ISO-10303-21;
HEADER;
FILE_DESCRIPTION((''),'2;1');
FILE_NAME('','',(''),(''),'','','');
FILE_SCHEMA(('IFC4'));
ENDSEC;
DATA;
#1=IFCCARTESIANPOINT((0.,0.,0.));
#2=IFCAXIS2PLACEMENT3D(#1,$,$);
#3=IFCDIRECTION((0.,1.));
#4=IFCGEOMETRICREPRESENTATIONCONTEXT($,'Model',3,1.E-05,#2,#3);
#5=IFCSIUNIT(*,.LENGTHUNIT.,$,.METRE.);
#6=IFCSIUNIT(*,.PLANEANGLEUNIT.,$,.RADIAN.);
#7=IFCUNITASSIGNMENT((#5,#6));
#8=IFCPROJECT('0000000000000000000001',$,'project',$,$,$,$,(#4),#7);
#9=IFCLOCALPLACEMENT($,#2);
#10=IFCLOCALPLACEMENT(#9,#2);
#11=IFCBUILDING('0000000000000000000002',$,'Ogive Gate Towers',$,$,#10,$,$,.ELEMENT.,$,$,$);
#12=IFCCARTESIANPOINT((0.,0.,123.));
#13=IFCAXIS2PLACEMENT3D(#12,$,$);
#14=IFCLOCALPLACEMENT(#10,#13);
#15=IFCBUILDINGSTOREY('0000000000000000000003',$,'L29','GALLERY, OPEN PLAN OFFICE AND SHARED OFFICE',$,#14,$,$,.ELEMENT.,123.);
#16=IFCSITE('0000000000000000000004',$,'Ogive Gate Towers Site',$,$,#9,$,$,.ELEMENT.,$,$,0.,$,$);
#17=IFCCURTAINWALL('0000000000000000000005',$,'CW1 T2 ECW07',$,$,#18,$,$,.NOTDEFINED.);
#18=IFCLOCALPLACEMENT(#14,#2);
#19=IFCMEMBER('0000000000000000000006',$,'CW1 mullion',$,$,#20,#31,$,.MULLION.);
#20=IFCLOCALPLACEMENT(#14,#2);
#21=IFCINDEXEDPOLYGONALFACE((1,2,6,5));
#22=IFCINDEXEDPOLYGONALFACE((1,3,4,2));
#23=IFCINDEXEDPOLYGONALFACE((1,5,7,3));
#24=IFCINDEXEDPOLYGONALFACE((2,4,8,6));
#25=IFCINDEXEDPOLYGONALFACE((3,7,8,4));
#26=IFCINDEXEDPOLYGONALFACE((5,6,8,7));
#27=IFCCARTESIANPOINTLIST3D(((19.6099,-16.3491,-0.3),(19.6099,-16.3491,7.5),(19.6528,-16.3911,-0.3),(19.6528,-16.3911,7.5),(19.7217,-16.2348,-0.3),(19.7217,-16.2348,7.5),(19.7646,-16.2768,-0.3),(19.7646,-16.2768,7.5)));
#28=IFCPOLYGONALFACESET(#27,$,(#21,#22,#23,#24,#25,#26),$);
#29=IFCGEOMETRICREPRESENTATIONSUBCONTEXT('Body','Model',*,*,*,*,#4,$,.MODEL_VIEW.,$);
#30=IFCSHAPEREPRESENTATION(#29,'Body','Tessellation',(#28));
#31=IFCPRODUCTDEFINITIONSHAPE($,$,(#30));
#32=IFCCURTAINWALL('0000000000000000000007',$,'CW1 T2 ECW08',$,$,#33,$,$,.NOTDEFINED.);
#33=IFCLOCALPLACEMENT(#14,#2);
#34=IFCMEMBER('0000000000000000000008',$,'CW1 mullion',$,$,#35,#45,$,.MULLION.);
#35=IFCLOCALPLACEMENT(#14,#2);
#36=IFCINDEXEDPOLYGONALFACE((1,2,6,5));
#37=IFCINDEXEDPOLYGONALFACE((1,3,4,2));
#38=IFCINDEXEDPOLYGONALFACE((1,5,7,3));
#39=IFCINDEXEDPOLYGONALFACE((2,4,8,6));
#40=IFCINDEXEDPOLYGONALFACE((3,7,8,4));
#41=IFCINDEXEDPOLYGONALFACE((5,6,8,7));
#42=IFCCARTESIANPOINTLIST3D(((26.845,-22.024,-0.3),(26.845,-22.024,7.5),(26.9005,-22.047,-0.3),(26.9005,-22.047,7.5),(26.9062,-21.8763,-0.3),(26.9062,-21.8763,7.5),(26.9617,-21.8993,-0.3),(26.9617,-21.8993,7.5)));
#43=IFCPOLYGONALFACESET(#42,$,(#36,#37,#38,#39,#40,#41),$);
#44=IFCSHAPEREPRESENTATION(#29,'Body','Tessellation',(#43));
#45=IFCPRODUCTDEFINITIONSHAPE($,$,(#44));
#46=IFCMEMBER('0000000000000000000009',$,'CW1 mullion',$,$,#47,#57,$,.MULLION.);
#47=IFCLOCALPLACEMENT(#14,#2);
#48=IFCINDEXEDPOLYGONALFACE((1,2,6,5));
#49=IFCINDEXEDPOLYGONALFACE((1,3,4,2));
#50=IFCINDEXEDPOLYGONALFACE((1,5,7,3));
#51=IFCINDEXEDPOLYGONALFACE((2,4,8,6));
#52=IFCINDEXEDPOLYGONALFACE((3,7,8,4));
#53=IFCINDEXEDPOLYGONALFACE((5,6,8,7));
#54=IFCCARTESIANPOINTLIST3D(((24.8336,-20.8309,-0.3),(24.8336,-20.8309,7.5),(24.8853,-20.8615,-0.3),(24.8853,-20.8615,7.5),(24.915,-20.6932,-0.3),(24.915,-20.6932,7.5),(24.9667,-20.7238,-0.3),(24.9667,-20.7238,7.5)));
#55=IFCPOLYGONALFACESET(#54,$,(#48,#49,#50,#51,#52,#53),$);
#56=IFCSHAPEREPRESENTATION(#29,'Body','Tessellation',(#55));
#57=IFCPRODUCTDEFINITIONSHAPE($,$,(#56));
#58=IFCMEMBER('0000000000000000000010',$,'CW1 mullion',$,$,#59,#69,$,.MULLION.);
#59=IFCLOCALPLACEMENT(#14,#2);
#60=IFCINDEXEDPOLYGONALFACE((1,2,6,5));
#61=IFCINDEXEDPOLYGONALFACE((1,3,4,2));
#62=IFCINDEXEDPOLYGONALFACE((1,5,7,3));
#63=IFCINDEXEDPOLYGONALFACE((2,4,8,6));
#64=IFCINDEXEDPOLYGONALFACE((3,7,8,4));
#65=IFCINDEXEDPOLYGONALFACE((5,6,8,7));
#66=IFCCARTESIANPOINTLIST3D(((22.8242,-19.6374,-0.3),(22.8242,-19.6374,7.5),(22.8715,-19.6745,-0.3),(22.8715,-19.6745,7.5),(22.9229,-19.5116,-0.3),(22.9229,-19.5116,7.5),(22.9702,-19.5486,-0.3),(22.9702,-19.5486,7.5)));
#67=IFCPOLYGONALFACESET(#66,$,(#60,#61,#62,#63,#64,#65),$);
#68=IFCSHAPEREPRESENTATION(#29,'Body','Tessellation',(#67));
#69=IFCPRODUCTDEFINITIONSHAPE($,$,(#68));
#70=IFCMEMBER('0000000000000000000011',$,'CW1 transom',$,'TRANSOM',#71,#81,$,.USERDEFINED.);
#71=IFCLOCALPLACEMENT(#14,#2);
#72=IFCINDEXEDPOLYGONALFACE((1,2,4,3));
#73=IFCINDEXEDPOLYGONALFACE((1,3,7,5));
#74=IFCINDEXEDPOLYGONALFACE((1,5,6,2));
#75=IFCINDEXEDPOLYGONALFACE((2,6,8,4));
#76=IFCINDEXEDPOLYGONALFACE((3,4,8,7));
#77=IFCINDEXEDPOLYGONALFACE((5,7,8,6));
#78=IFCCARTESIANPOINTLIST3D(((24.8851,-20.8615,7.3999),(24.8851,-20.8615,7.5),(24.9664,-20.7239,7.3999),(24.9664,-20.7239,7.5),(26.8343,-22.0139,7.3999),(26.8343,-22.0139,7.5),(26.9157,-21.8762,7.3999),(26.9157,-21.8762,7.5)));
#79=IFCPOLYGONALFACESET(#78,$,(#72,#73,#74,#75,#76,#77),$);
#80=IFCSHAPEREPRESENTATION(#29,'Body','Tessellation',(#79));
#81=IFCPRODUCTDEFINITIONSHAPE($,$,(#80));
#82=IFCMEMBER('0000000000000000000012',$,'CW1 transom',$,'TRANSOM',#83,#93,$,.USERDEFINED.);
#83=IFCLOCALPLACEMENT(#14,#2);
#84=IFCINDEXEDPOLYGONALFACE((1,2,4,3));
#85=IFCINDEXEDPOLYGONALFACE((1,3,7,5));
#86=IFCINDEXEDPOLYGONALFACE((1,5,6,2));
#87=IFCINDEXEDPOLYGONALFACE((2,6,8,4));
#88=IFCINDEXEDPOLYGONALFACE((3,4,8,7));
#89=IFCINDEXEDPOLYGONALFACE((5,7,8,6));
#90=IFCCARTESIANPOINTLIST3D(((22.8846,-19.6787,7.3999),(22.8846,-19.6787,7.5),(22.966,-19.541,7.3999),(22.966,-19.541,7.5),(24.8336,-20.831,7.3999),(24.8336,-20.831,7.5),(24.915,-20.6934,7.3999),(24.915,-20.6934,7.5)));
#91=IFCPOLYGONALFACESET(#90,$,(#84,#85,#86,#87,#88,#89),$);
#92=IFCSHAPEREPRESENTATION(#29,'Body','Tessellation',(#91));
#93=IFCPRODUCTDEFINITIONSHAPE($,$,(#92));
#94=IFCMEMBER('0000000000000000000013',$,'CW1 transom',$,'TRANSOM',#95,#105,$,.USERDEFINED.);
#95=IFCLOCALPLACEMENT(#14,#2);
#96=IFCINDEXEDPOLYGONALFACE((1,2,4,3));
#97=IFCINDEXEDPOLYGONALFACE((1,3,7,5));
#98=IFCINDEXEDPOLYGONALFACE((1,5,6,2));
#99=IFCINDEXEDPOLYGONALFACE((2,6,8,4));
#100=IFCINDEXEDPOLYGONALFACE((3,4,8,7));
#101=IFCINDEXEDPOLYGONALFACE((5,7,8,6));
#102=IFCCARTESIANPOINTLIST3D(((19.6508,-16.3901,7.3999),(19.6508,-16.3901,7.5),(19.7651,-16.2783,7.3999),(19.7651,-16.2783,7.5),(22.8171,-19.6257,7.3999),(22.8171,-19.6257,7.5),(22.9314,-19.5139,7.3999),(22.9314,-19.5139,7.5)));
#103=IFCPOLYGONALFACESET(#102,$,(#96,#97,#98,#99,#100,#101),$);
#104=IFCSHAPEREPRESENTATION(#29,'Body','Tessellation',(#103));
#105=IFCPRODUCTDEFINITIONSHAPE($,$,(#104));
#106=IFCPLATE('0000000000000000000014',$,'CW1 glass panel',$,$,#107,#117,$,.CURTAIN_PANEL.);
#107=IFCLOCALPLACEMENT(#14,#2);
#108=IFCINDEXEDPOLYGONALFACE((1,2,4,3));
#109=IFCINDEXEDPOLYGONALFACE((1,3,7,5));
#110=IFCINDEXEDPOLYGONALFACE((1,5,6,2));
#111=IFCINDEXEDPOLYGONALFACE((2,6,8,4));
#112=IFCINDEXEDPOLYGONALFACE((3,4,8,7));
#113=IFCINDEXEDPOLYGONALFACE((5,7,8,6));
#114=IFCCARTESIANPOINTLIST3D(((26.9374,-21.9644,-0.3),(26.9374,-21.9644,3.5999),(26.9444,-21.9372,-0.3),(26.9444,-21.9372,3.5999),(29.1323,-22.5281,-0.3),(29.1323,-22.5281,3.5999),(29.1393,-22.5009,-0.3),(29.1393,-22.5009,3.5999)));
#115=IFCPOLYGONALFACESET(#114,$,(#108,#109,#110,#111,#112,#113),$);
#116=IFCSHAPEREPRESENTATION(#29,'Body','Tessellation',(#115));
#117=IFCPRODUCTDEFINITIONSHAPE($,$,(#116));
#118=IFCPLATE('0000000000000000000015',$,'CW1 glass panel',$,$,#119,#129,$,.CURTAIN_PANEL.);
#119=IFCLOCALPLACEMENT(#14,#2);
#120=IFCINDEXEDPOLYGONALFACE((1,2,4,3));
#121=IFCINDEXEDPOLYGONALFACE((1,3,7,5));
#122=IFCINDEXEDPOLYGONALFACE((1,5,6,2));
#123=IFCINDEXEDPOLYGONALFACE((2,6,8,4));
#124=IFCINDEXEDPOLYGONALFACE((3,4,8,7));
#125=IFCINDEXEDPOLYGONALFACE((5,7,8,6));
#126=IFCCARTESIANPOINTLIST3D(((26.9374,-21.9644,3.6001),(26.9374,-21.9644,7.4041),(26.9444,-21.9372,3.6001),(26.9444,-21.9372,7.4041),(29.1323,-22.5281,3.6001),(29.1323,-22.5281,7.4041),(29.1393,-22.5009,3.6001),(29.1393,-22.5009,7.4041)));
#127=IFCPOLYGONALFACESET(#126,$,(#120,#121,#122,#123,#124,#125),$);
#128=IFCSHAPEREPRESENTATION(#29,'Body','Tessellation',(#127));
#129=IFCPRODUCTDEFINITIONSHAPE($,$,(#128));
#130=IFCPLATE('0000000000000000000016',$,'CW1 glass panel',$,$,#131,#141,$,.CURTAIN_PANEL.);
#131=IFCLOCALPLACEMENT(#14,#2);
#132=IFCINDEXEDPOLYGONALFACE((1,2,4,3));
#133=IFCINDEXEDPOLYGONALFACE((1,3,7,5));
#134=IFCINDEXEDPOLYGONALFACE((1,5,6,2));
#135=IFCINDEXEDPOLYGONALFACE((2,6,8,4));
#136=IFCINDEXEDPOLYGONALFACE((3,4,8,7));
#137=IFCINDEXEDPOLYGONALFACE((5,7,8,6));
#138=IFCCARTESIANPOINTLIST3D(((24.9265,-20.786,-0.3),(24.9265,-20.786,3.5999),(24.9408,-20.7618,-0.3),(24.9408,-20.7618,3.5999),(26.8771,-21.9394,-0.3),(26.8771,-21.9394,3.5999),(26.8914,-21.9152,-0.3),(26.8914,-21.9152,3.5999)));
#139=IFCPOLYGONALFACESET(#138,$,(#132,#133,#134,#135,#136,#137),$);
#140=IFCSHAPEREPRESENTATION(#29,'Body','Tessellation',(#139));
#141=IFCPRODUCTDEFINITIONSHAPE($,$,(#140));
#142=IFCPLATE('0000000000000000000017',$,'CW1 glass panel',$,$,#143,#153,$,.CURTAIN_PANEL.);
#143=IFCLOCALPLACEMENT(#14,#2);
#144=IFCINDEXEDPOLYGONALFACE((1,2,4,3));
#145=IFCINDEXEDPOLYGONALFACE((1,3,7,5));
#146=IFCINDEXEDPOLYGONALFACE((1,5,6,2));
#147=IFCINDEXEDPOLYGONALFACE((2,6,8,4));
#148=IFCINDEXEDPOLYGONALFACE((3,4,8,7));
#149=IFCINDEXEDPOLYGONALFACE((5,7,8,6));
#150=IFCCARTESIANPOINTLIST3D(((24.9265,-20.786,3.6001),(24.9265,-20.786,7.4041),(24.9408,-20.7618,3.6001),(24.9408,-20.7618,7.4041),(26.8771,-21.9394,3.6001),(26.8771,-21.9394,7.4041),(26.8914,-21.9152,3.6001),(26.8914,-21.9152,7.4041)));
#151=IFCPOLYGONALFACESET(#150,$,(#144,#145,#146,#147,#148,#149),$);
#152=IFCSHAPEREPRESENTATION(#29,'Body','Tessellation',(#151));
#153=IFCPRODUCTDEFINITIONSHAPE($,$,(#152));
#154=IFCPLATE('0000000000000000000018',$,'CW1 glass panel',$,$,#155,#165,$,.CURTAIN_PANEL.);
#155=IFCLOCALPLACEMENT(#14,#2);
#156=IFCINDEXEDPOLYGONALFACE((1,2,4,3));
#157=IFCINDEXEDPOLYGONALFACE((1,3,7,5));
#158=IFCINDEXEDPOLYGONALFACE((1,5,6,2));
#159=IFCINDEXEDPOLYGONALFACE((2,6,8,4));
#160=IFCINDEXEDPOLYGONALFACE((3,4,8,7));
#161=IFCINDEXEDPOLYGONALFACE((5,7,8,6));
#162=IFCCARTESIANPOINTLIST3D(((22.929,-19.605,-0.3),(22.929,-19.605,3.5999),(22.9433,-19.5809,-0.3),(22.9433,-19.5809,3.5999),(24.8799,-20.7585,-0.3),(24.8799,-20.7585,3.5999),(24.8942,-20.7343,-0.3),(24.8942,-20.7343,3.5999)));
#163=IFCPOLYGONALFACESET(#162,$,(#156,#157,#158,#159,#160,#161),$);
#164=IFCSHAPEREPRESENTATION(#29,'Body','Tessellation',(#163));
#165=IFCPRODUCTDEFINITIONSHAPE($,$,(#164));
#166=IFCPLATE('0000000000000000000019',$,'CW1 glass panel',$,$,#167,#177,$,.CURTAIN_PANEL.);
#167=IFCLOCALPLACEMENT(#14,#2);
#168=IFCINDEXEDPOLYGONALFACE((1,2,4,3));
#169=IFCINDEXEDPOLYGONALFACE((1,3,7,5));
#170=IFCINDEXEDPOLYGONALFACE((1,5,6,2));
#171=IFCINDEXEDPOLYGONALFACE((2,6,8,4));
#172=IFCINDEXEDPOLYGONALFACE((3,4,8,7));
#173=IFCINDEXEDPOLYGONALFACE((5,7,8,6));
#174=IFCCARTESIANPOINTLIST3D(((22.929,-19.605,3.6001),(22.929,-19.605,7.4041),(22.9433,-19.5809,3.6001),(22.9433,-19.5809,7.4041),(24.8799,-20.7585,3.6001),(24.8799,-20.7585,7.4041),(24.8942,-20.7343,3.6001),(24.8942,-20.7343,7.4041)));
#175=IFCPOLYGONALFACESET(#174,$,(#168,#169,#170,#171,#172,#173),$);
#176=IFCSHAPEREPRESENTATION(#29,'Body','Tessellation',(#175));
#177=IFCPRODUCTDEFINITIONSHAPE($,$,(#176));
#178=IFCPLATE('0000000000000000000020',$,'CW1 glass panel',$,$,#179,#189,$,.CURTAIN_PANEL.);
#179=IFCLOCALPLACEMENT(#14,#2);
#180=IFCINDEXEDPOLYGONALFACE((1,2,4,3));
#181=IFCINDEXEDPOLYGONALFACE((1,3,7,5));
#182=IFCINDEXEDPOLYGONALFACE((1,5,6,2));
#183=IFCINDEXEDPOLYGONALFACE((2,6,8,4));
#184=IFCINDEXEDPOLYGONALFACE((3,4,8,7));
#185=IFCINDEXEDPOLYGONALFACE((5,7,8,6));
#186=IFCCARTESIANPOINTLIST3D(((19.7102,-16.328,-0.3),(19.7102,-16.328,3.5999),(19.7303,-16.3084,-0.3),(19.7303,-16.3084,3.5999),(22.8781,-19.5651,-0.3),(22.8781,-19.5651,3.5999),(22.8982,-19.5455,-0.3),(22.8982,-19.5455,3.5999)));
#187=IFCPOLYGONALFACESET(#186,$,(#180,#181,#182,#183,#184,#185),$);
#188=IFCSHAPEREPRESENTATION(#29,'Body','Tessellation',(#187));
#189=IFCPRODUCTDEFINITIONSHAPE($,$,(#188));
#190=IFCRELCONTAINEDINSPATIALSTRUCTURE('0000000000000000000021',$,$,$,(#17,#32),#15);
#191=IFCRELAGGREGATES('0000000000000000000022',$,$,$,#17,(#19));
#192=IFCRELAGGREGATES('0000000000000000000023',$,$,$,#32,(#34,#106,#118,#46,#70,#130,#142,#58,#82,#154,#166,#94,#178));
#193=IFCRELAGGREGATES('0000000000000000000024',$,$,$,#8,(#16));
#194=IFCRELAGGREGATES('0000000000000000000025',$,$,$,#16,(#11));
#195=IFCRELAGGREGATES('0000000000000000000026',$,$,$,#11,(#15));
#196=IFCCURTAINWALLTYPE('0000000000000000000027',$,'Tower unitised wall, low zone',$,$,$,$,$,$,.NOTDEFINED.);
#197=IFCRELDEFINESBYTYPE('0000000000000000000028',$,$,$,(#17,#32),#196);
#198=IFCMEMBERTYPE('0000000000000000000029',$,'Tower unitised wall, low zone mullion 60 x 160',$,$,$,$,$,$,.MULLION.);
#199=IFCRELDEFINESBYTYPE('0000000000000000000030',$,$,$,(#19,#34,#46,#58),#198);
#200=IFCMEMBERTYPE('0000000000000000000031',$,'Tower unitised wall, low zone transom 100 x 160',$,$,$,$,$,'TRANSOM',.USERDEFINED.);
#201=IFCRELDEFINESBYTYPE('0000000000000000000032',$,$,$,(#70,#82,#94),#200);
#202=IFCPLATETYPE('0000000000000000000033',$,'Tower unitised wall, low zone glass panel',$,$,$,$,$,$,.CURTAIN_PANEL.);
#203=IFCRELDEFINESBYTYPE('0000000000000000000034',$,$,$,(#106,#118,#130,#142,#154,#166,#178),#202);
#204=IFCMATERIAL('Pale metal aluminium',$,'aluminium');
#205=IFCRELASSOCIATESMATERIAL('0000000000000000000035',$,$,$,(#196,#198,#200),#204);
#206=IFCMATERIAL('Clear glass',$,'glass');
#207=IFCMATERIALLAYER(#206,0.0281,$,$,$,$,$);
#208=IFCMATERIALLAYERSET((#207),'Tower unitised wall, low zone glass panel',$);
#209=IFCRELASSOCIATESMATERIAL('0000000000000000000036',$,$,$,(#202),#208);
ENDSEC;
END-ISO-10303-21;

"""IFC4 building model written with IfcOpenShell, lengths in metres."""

from ifc_helpers import new_model, si_unit, direction, frame, origin, origin_2d, place, context, subcontext, project, spatial, rectangle, extrude, material, layer, layer_set, material_profile, profile_set, type_object, element, aggregate, save


model = new_model("IFC4")

# Units and contexts
model_context = context("Model", 3, precision=1e-05, world=origin(), true_north=direction((0.0, 1.0)))
body_context = subcontext(model_context, "Body", "Model", "MODEL_VIEW")
ifc_project = project(units=[si_unit("LENGTHUNIT", "METRE"), si_unit("PLANEANGLEUNIT", "RADIAN")], contexts=[model_context])

# Site, building, storey
site_placement = place(None, origin())
site = spatial("IfcSite", under=ifc_project, at=site_placement, Name="Ogive Gate Towers Site", CompositionType="ELEMENT", RefElevation=0.0)
building_placement = place(site_placement, origin())
building = spatial("IfcBuilding", under=site, at=building_placement, Name="Ogive Gate Towers", CompositionType="ELEMENT")
storey_placement = place(building_placement, frame((0.0, 0.0, 123.0)))
storey = spatial("IfcBuildingStorey", under=building, at=storey_placement, Name="L29", Description="GALLERY, OPEN PLAN OFFICE AND SHARED OFFICE", CompositionType="ELEMENT", Elevation=123.0)

# Curtain wall, member
ifc_material_1 = material(Name="Pale metal aluminium", Category="aluminium")
curtain_wall_type = type_object("IfcCurtainWallType", Name="Tower unitised wall, low zone", PredefinedType="NOTDEFINED", material=ifc_material_1)
curtain_wall_1_placement = place(storey_placement, origin())
curtain_wall_1 = element("IfcCurtainWall", 1, at=curtain_wall_1_placement, inside=storey, type_object=curtain_wall_type, Name="CW1 T2 ECW07", PredefinedType="NOTDEFINED")
ifc_material_profile_1 = material_profile(ifc_material_1, rectangle(XDim=0.1599, YDim=0.0601, at=origin_2d()), Name="60 x 160 aluminium box")
ifc_profile_set_1 = profile_set([ifc_material_profile_1], Name="Pale metal aluminium")
member_type_1 = type_object("IfcMemberType", Name="Tower unitised wall, low zone mullion 60 x 160", PredefinedType="MULLION", material=ifc_profile_set_1)
member_1_placement = place(storey_placement, frame((19.6873, -16.313, -0.3), z_axis=(0.0, 0.0, 1.0), x_axis=(0.699426, 0.714705, 0.0)))
member_1 = element("IfcMember", 2, at=member_1_placement, type_object=member_type_1, Name="CW1 mullion", PredefinedType="MULLION", context=body_context, shape_type="SweptSolid", body=[
    extrude(rectangle(XDim=0.1599, YDim=0.0601, at=origin_2d()), origin(), (0.0, 0.0, 1.0), 7.8),
])
aggregate(curtain_wall_1, [member_1])

# Curtain wall, members, plates
curtain_wall_2_placement = place(storey_placement, origin())
curtain_wall_2 = element("IfcCurtainWall", 3, at=curtain_wall_2_placement, inside=storey, type_object=curtain_wall_type, Name="CW1 T2 ECW08", PredefinedType="NOTDEFINED")
member_2_placement = place(storey_placement, frame((26.9033, -21.9617, -0.3), z_axis=(0.0, 0.0, 1.0), x_axis=(0.382683, 0.92388, 0.0)))
member_2 = element("IfcMember", 4, at=member_2_placement, type_object=member_type_1, Name="CW1 mullion", PredefinedType="MULLION", context=body_context, shape_type="SweptSolid", body=[
    extrude(rectangle(XDim=0.1599, YDim=0.0601, at=origin_2d()), origin(), (0.0, 0.0, 1.0), 7.8),
])
member_3_placement = place(storey_placement, frame((24.9001, -20.7773, -0.3), z_axis=(0.0, 0.0, 1.0), x_axis=(0.508951, 0.860795, 0.0)))
member_3 = element("IfcMember", 5, at=member_3_placement, type_object=member_type_1, Name="CW1 mullion", PredefinedType="MULLION", context=body_context, shape_type="SweptSolid", body=[
    extrude(rectangle(XDim=0.1599, YDim=0.0601, at=origin_2d()), origin(), (0.0, 0.0, 1.0), 7.8),
])
member_4_placement = place(storey_placement, frame((22.8972, -19.593, -0.3), z_axis=(0.0, 0.0, 1.0), x_axis=(0.617118, 0.78687, 0.0)))
member_4 = element("IfcMember", 6, at=member_4_placement, type_object=member_type_1, Name="CW1 mullion", PredefinedType="MULLION", context=body_context, shape_type="SweptSolid", body=[
    extrude(rectangle(XDim=0.1599, YDim=0.0601, at=origin_2d()), origin(), (0.0, 0.0, 1.0), 7.8),
])
ifc_material_profile_2 = material_profile(ifc_material_1, rectangle(XDim=0.1599, YDim=0.1001, at=origin_2d()), Name="100 x 160 aluminium box")
ifc_profile_set_2 = profile_set([ifc_material_profile_2], Name="Pale metal aluminium")
member_type_2 = type_object("IfcMemberType", Name="Tower unitised wall, low zone transom 100 x 160", ElementType="TRANSOM", PredefinedType="USERDEFINED", material=ifc_profile_set_2)
member_5_placement = place(storey_placement, frame((26.875, -21.9451, 7.45), z_axis=(-0.860823, 0.508904, 0.0), x_axis=(-0.508904, -0.860823, 0.0)))
member_5 = element("IfcMember", 7, at=member_5_placement, type_object=member_type_2, Name="CW1 transom", ObjectType="TRANSOM", PredefinedType="USERDEFINED", context=body_context, shape_type="SweptSolid", body=[
    extrude(rectangle(XDim=0.1599, YDim=0.1001, at=origin_2d()), origin(), (0.0, 0.0, 1.0), 2.2644),
])
member_6_placement = place(storey_placement, frame((24.8743, -20.7622, 7.45), z_axis=(-0.860796, 0.508951, 0.0), x_axis=(-0.508951, -0.860796, 0.0)))
member_6 = element("IfcMember", 8, at=member_6_placement, type_object=member_type_2, Name="CW1 transom", ObjectType="TRANSOM", PredefinedType="USERDEFINED", context=body_context, shape_type="SweptSolid", body=[
    extrude(rectangle(XDim=0.1599, YDim=0.1001, at=origin_2d()), origin(), (0.0, 0.0, 1.0), 2.2642),
])
member_7_placement = place(storey_placement, frame((22.8743, -19.5698, 7.45), z_axis=(-0.699407, 0.714723, 0.0), x_axis=(-0.714723, -0.699407, 0.0)))
member_7 = element("IfcMember", 9, at=member_7_placement, type_object=member_type_2, Name="CW1 transom", ObjectType="TRANSOM", PredefinedType="USERDEFINED", context=body_context, shape_type="SweptSolid", body=[
    extrude(rectangle(XDim=0.1599, YDim=0.1001, at=origin_2d()), origin(), (0.0, 0.0, 1.0), 4.5271),
])
ifc_material_2 = material(Name="Clear glass", Category="glass")
ifc_layer_1 = layer(ifc_material_2, 0.0281)
ifc_layer_set_1 = layer_set([ifc_layer_1], Name="Tower unitised wall, low zone glass panel")
plate_type = type_object("IfcPlateType", Name="Tower unitised wall, low zone glass panel", PredefinedType="CURTAIN_PANEL", material=ifc_layer_set_1)
plate_1_placement = place(storey_placement, frame((28.0383, -22.2327, -0.3), z_axis=(0.0, 0.0, 1.0), x_axis=(-0.968561, 0.248774, 0.0)))
plate_1 = element("IfcPlate", 10, at=plate_1_placement, type_object=plate_type, Name="CW1 glass panel", PredefinedType="CURTAIN_PANEL", context=body_context, shape_type="SweptSolid", body=[
    extrude(rectangle(XDim=2.2661, YDim=0.0281, at=origin_2d()), origin(), (0.0, 0.0, 1.0), 3.8999),
])
plate_2_placement = place(storey_placement, frame((28.0383, -22.2327, 3.6001), z_axis=(0.0, 0.0, 1.0), x_axis=(-0.968561, 0.248774, 0.0)))
plate_2 = element("IfcPlate", 11, at=plate_2_placement, type_object=plate_type, Name="CW1 glass panel", PredefinedType="CURTAIN_PANEL", context=body_context, shape_type="SweptSolid", body=[
    extrude(rectangle(XDim=2.2661, YDim=0.0281, at=origin_2d()), origin(), (0.0, 0.0, 1.0), 3.804),
])
plate_3_placement = place(storey_placement, frame((25.9089, -21.3506, -0.3), z_axis=(0.0, 0.0, 1.0), x_axis=(-0.860786, 0.508966, 0.0)))
plate_3 = element("IfcPlate", 12, at=plate_3_placement, type_object=plate_type, Name="CW1 glass panel", PredefinedType="CURTAIN_PANEL", context=body_context, shape_type="SweptSolid", body=[
    extrude(rectangle(XDim=2.2661, YDim=0.0281, at=origin_2d()), origin(), (0.0, 0.0, 1.0), 3.8999),
])
plate_4_placement = place(storey_placement, frame((25.9089, -21.3506, 3.6001), z_axis=(0.0, 0.0, 1.0), x_axis=(-0.860786, 0.508966, 0.0)))
plate_4 = element("IfcPlate", 13, at=plate_4_placement, type_object=plate_type, Name="CW1 glass panel", PredefinedType="CURTAIN_PANEL", context=body_context, shape_type="SweptSolid", body=[
    extrude(rectangle(XDim=2.2661, YDim=0.0281, at=origin_2d()), origin(), (0.0, 0.0, 1.0), 3.804),
])
plate_5_placement = place(storey_placement, frame((23.9116, -20.1697, -0.3), z_axis=(0.0, 0.0, 1.0), x_axis=(-0.860804, 0.508936, 0.0)))
plate_5 = element("IfcPlate", 14, at=plate_5_placement, type_object=plate_type, Name="CW1 glass panel", PredefinedType="CURTAIN_PANEL", context=body_context, shape_type="SweptSolid", body=[
    extrude(rectangle(XDim=2.2664, YDim=0.0281, at=origin_2d()), origin(), (0.0, 0.0, 1.0), 3.8999),
])
plate_6_placement = place(storey_placement, frame((23.9116, -20.1697, 3.6001), z_axis=(0.0, 0.0, 1.0), x_axis=(-0.860804, 0.508936, 0.0)))
plate_6 = element("IfcPlate", 15, at=plate_6_placement, type_object=plate_type, Name="CW1 glass panel", PredefinedType="CURTAIN_PANEL", context=body_context, shape_type="SweptSolid", body=[
    extrude(rectangle(XDim=2.2664, YDim=0.0281, at=origin_2d()), origin(), (0.0, 0.0, 1.0), 3.804),
])
plate_7_placement = place(storey_placement, frame((21.3042, -17.9368, -0.3), z_axis=(0.0, 0.0, 1.0), x_axis=(-0.699426, 0.714705, 0.0)))
plate_7 = element("IfcPlate", 16, at=plate_7_placement, type_object=plate_type, Name="CW1 glass panel", PredefinedType="CURTAIN_PANEL", context=body_context, shape_type="SweptSolid", body=[
    extrude(rectangle(XDim=4.5293, YDim=0.0281, at=origin_2d()), origin(), (0.0, 0.0, 1.0), 3.8999),
])
aggregate(curtain_wall_2, [member_2, plate_1, plate_2, member_3, member_5, plate_3, plate_4, member_4, member_6, plate_5, plate_6, member_7, plate_7])

save(model, "model.ifc")
